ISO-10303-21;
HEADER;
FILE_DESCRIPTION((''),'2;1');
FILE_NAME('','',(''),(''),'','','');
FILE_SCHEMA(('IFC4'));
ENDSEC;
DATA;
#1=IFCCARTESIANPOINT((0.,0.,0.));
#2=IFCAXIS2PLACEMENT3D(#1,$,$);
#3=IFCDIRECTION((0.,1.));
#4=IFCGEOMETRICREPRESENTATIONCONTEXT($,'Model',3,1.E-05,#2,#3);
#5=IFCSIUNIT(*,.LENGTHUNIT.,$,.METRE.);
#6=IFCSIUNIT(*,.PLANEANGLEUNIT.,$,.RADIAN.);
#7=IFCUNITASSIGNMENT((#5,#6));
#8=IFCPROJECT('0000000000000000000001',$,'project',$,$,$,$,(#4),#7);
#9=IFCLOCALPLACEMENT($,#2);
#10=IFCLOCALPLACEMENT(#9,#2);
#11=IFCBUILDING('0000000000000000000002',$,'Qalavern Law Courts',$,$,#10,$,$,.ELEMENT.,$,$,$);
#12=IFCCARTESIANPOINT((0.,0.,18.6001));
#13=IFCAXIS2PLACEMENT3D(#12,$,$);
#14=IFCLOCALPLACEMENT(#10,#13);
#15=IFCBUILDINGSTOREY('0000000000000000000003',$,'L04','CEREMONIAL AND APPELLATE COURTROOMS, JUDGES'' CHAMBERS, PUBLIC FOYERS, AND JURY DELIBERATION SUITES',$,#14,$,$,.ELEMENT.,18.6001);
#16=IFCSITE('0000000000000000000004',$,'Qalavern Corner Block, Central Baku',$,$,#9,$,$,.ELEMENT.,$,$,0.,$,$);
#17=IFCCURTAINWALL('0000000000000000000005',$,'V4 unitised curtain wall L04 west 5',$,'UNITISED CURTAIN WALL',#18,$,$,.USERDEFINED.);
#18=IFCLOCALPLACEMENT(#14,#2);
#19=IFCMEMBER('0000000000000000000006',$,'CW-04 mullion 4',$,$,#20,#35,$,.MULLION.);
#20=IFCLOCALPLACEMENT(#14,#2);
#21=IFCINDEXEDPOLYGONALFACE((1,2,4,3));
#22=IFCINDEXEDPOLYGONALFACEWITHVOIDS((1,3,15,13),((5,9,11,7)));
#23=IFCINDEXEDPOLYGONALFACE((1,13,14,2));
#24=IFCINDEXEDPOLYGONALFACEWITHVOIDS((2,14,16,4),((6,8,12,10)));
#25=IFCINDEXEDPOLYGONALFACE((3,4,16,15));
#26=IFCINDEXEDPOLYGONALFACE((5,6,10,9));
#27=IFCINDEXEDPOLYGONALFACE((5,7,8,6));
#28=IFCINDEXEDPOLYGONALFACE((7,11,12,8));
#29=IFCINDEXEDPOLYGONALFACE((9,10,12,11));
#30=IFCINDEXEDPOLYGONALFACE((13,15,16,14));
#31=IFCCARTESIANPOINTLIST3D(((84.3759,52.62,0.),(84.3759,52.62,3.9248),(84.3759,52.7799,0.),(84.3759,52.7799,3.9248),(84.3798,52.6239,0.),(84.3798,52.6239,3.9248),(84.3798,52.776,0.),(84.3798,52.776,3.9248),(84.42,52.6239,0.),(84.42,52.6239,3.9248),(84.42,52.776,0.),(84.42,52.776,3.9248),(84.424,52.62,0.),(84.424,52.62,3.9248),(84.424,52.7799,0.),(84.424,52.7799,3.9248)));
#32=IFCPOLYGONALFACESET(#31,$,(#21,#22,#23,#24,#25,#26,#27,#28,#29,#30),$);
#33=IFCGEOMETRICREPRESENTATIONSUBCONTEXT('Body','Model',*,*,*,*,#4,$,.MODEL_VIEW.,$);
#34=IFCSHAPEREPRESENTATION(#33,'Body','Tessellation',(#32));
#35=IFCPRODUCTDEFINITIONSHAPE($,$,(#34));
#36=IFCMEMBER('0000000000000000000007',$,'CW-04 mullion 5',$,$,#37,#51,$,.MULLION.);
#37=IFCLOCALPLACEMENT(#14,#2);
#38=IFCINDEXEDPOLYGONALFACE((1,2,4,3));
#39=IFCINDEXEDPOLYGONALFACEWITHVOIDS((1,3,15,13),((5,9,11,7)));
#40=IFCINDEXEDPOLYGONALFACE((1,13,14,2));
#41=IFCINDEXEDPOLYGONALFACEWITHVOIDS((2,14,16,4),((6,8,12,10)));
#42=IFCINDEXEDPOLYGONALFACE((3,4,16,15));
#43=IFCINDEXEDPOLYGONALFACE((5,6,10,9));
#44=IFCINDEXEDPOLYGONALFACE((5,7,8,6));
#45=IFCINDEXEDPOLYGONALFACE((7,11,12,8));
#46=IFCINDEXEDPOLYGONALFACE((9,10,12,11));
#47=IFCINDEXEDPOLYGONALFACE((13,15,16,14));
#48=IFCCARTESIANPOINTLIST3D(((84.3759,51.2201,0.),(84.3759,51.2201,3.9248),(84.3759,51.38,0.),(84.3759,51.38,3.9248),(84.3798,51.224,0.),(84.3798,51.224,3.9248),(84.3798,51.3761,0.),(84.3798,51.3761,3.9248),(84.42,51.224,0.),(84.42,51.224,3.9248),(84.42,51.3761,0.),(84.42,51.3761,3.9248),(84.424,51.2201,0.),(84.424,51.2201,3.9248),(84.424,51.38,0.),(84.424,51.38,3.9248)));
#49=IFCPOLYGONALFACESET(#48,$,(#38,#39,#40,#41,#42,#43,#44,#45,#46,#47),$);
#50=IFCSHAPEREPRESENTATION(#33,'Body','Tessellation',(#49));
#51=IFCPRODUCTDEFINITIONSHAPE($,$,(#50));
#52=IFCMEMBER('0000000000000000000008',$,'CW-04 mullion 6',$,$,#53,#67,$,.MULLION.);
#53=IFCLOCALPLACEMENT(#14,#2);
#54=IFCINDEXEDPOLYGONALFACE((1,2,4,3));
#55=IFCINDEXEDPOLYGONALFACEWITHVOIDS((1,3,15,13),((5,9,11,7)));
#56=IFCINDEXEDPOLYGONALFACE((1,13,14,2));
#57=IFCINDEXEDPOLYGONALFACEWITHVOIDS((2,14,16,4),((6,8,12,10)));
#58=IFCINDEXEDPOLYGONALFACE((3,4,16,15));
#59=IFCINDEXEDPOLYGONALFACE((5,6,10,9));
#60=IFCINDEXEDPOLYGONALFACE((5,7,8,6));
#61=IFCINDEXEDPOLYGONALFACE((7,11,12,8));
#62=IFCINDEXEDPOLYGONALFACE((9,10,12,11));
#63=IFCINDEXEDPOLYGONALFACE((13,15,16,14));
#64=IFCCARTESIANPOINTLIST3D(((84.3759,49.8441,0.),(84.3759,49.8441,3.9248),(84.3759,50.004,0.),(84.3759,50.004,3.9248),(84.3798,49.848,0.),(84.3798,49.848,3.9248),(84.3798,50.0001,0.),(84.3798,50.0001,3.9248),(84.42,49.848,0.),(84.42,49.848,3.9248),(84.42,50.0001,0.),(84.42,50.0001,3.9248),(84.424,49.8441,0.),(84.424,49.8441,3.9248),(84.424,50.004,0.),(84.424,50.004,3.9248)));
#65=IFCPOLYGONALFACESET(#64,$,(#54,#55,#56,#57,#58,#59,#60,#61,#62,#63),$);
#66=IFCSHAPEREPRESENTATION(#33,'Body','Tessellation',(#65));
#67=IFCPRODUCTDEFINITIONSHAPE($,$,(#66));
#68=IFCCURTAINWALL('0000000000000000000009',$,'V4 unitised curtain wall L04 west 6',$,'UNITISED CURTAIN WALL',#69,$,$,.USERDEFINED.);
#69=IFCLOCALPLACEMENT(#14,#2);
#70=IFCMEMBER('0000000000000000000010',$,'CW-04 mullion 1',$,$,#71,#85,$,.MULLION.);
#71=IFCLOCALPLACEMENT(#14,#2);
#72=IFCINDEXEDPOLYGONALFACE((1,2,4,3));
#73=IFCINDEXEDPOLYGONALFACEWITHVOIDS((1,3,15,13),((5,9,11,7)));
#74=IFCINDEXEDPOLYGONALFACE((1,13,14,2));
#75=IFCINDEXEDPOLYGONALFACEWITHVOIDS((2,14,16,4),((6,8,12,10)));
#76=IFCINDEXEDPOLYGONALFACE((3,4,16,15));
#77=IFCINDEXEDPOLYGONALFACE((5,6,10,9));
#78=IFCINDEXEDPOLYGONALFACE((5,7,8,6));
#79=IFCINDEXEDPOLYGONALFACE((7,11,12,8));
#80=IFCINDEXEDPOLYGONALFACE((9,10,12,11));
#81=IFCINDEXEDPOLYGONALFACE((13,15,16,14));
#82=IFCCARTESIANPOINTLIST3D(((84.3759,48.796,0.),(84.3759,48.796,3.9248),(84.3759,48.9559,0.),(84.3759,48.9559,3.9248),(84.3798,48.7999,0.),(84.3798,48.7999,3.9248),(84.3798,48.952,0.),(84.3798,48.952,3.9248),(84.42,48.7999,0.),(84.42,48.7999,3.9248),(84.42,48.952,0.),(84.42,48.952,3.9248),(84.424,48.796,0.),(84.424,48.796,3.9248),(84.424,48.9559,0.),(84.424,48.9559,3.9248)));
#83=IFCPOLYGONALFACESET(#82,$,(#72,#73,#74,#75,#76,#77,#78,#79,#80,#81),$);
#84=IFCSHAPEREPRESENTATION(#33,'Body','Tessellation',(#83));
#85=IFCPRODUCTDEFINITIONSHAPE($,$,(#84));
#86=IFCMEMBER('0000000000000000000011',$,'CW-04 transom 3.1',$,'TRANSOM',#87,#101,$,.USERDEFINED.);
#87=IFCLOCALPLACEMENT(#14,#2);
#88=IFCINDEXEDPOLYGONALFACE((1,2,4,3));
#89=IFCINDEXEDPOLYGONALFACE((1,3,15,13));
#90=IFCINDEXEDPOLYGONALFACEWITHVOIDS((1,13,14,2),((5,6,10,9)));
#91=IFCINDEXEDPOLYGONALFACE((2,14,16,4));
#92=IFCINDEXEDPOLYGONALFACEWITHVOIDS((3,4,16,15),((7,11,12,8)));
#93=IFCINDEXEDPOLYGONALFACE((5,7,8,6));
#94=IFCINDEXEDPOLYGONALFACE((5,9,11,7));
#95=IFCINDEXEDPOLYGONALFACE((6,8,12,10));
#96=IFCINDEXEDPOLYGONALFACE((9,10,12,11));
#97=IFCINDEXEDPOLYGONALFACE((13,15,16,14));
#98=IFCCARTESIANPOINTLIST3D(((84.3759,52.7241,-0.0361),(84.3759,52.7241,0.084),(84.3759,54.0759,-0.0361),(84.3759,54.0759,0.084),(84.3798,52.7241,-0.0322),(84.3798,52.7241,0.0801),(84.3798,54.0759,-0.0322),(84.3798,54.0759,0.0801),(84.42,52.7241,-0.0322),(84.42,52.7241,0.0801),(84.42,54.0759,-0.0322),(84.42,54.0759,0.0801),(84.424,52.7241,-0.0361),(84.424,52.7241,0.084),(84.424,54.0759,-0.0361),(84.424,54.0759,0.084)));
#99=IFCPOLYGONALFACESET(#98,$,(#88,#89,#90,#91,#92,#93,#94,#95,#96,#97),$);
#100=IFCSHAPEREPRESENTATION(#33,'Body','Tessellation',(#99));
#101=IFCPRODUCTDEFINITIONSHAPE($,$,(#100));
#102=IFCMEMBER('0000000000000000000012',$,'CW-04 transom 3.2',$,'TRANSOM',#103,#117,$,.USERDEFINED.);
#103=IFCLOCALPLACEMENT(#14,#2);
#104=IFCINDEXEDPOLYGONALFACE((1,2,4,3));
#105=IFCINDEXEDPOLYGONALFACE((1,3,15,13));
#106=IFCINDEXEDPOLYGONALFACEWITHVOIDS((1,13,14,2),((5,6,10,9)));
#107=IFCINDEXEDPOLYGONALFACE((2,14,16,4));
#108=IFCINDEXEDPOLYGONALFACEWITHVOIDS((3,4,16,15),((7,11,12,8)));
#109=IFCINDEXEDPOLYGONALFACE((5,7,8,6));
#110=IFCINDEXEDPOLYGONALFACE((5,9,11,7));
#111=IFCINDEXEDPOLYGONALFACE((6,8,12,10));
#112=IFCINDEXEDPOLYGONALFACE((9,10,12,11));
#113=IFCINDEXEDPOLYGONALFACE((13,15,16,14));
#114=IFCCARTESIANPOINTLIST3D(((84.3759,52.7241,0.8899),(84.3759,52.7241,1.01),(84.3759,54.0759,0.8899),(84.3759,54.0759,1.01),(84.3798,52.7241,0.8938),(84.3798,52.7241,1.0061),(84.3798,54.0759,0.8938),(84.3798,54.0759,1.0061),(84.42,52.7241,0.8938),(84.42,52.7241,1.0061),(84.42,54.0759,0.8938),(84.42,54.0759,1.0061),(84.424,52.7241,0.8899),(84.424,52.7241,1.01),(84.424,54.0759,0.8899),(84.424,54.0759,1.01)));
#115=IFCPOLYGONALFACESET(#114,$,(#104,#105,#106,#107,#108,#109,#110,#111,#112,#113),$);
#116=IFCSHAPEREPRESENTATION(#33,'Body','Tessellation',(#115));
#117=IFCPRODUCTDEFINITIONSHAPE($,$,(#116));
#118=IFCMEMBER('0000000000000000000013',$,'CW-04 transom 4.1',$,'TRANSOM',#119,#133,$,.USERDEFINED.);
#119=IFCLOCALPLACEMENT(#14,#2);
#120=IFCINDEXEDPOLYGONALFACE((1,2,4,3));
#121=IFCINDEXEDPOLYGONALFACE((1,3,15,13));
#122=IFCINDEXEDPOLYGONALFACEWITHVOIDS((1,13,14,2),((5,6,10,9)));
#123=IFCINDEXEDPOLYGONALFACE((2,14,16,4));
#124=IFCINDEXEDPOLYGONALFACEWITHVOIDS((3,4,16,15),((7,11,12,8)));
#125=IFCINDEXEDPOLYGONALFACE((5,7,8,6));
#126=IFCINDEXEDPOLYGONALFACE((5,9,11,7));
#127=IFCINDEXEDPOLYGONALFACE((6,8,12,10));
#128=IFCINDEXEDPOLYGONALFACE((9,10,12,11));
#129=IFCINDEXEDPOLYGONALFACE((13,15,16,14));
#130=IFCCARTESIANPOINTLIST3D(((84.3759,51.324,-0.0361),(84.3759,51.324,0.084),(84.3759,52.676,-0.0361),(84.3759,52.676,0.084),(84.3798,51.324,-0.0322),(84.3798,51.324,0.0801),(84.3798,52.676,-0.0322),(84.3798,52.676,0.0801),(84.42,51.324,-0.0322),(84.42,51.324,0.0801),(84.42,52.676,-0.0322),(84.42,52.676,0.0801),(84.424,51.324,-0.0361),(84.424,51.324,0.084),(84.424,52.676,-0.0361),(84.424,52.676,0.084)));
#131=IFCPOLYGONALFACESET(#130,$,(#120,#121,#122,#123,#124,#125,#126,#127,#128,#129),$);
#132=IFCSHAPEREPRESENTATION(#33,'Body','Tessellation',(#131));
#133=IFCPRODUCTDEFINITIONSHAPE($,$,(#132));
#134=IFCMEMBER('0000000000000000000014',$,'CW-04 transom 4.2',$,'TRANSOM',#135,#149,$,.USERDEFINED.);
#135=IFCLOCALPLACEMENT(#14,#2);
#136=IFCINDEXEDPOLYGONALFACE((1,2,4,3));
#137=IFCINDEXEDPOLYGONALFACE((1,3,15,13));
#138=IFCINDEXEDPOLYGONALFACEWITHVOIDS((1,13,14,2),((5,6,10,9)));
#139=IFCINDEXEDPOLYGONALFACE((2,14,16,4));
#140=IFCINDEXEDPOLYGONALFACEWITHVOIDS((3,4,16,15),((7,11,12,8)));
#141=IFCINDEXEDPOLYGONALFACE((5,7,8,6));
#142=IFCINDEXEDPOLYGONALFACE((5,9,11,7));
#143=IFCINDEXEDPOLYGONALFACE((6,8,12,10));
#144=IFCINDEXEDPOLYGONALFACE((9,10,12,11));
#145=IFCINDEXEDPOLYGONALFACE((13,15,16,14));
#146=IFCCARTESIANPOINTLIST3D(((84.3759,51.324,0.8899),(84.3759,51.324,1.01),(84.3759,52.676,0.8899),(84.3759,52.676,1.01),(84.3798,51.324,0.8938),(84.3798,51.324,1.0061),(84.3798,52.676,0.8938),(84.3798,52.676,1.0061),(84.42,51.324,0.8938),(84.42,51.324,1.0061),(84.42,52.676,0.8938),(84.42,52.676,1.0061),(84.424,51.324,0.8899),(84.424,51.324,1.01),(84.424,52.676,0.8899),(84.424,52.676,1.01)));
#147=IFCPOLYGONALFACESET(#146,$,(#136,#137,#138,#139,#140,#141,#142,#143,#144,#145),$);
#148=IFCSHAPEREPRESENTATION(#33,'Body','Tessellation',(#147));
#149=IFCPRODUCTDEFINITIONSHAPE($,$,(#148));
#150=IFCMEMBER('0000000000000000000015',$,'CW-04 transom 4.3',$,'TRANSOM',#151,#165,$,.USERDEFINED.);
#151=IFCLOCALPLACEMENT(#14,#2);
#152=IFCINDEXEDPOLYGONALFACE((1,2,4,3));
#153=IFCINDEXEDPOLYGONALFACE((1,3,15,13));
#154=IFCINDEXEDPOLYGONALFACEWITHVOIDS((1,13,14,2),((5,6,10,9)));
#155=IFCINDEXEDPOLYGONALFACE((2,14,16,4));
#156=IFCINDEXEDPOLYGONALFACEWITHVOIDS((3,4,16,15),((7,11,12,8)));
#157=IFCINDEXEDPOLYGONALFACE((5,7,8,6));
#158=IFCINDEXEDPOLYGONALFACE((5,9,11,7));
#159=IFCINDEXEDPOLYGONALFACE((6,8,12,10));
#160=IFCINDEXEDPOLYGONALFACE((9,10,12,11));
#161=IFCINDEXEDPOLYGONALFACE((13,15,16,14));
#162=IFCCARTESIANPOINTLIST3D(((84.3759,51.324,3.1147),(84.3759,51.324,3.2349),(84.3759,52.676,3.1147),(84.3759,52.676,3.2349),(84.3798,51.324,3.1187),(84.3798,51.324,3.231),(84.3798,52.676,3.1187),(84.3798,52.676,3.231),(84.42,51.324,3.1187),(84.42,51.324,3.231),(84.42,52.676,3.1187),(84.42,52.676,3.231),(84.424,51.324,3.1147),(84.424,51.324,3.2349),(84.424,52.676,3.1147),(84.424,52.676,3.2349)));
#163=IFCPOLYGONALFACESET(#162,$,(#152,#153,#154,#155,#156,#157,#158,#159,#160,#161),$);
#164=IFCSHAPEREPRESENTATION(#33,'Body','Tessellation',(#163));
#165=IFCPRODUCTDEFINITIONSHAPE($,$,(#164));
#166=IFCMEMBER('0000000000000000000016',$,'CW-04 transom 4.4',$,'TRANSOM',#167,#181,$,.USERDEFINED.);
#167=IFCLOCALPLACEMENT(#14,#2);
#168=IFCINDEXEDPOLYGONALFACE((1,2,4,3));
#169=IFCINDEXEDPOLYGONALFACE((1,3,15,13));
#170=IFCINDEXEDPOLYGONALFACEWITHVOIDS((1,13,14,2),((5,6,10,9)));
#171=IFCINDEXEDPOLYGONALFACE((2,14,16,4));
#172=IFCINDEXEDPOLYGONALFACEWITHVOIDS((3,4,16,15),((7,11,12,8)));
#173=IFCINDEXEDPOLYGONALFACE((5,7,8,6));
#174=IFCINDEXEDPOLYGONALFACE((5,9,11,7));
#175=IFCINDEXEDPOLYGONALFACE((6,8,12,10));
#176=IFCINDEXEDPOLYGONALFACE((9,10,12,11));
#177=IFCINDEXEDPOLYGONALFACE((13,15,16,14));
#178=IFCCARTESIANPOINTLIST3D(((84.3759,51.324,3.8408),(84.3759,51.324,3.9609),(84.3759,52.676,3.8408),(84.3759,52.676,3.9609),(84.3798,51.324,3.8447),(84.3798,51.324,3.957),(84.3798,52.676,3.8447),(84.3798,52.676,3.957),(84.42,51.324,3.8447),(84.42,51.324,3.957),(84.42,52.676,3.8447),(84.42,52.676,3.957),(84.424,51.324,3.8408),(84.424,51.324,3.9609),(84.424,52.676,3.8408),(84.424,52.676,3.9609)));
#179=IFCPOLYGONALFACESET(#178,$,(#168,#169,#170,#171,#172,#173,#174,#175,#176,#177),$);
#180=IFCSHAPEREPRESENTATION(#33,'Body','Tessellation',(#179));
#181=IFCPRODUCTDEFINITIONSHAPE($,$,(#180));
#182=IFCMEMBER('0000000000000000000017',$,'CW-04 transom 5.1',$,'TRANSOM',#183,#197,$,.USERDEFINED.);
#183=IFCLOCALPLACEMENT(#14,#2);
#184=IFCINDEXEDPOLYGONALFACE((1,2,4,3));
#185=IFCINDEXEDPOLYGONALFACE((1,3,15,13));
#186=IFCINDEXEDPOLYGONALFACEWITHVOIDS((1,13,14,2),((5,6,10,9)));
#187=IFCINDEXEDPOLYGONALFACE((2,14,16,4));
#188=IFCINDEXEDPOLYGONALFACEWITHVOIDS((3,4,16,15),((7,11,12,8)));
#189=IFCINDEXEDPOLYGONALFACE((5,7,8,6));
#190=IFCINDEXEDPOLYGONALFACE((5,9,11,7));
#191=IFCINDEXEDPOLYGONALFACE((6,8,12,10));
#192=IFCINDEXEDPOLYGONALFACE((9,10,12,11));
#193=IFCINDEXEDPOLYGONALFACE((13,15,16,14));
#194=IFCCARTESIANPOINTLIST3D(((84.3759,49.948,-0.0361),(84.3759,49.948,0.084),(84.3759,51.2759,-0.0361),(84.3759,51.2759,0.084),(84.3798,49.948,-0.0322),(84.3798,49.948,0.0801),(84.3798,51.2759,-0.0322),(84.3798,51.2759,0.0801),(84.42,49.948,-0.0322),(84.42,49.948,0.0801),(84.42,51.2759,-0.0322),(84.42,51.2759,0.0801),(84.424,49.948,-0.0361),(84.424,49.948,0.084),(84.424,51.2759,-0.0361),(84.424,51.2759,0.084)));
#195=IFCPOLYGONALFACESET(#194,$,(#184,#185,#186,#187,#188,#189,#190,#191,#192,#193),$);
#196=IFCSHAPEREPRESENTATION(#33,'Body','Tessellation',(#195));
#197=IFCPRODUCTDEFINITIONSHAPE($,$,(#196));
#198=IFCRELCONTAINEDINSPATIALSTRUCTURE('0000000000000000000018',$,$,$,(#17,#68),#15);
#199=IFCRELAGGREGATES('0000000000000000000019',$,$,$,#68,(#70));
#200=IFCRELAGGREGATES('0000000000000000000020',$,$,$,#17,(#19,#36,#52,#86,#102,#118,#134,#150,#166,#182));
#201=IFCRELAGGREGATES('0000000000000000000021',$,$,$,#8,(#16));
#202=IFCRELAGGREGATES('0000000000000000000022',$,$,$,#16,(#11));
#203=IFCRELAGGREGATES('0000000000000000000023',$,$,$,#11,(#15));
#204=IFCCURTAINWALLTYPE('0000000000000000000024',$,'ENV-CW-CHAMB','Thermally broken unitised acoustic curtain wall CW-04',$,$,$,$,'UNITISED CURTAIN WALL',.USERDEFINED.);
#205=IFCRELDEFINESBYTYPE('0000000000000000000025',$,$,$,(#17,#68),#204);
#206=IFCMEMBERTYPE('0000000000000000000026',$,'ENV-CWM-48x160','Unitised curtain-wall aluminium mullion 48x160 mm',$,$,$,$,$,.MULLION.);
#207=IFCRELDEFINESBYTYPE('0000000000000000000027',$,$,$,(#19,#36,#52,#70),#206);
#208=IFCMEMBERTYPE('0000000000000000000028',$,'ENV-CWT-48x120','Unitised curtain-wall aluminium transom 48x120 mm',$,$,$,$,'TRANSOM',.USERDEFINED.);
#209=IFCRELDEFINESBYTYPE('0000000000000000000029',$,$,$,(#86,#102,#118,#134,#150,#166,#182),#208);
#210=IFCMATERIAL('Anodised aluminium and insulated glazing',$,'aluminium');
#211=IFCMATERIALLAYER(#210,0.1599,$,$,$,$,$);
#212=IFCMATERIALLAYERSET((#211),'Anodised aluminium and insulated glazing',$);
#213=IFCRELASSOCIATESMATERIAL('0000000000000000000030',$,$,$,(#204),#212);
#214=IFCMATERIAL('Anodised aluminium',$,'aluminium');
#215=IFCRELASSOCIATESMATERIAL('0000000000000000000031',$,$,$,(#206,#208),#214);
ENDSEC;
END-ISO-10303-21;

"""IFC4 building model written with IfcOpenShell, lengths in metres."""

from ifc_helpers import new_model, si_unit, direction, frame, origin, origin_2d, place, context, subcontext, project, spatial, hollow_rectangle, extrude, material, layer, layer_set, material_profile, profile_set, type_object, element, aggregate, save


model = new_model("IFC4")

# Units and contexts
model_context = context("Model", 3, precision=1e-05, world=origin(), true_north=direction((0.0, 1.0)))
body_context = subcontext(model_context, "Body", "Model", "MODEL_VIEW")
ifc_project = project(units=[si_unit("LENGTHUNIT", "METRE"), si_unit("PLANEANGLEUNIT", "RADIAN")], contexts=[model_context])

# Site, building, storey
site_placement = place(None, origin())
site = spatial("IfcSite", under=ifc_project, at=site_placement, Name="Qalavern Corner Block, Central Baku", CompositionType="ELEMENT", RefElevation=0.0)
building_placement = place(site_placement, origin())
building = spatial("IfcBuilding", under=site, at=building_placement, Name="Qalavern Law Courts", CompositionType="ELEMENT")
storey_placement = place(building_placement, frame((0.0, 0.0, 18.6001)))
storey = spatial("IfcBuildingStorey", under=building, at=storey_placement, Name="L04", Description="CEREMONIAL AND APPELLATE COURTROOMS, JUDGES' CHAMBERS, PUBLIC FOYERS, AND JURY DELIBERATION SUITES", CompositionType="ELEMENT", Elevation=18.6001)

# Curtain wall, members
ifc_material_1 = material(Name="Anodised aluminium and insulated glazing", Category="aluminium")
ifc_layer_1 = layer(ifc_material_1, 0.1599)
ifc_layer_set_1 = layer_set([ifc_layer_1], Name="Anodised aluminium and insulated glazing")
curtain_wall_type = type_object("IfcCurtainWallType", Name="ENV-CW-CHAMB", Description="Thermally broken unitised acoustic curtain wall CW-04", ElementType="UNITISED CURTAIN WALL", PredefinedType="USERDEFINED", material=ifc_layer_set_1)
curtain_wall_1_placement = place(storey_placement, origin())
curtain_wall_1 = element("IfcCurtainWall", 1, at=curtain_wall_1_placement, inside=storey, type_object=curtain_wall_type, Name="V4 unitised curtain wall L04 west 5", ObjectType="UNITISED CURTAIN WALL", PredefinedType="USERDEFINED")
ifc_material_2 = material(Name="Anodised aluminium", Category="aluminium")
ifc_material_profile_1 = material_profile(ifc_material_2, hollow_rectangle(XDim=0.0481, YDim=0.1599, WallThickness=0.0039, at=origin_2d()), Name="ALU MULLION 48x160")
ifc_profile_set_1 = profile_set([ifc_material_profile_1], Name="Anodised aluminium")
member_type_1 = type_object("IfcMemberType", Name="ENV-CWM-48x160", Description="Unitised curtain-wall aluminium mullion 48x160 mm", PredefinedType="MULLION", material=ifc_profile_set_1)
member_1_placement = place(storey_placement, frame((84.3999, 52.7, 0.0), z_axis=(0.0, 0.0, 1.0), x_axis=(1.0, 0.0, 0.0)))
member_1 = element("IfcMember", 2, at=member_1_placement, type_object=member_type_1, Name="CW-04 mullion 4", PredefinedType="MULLION", context=body_context, shape_type="SweptSolid", body=[
    extrude(hollow_rectangle(XDim=0.0481, YDim=0.1599, WallThickness=0.0039, at=origin_2d()), origin(), (0.0, 0.0, 1.0), 3.9248),
])
member_2_placement = place(storey_placement, frame((84.3999, 51.3, 0.0), z_axis=(0.0, 0.0, 1.0), x_axis=(1.0, 0.0, 0.0)))
member_2 = element("IfcMember", 3, at=member_2_placement, type_object=member_type_1, Name="CW-04 mullion 5", PredefinedType="MULLION", context=body_context, shape_type="SweptSolid", body=[
    extrude(hollow_rectangle(XDim=0.0481, YDim=0.1599, WallThickness=0.0039, at=origin_2d()), origin(), (0.0, 0.0, 1.0), 3.9248),
])
member_3_placement = place(storey_placement, frame((84.3999, 49.9241, 0.0), z_axis=(0.0, 0.0, 1.0), x_axis=(1.0, 0.0, 0.0)))
member_3 = element("IfcMember", 4, at=member_3_placement, type_object=member_type_1, Name="CW-04 mullion 6", PredefinedType="MULLION", context=body_context, shape_type="SweptSolid", body=[
    extrude(hollow_rectangle(XDim=0.0481, YDim=0.1599, WallThickness=0.0039, at=origin_2d()), origin(), (0.0, 0.0, 1.0), 3.9248),
])

# Curtain wall, member
curtain_wall_2_placement = place(storey_placement, origin())
curtain_wall_2 = element("IfcCurtainWall", 5, at=curtain_wall_2_placement, inside=storey, type_object=curtain_wall_type, Name="V4 unitised curtain wall L04 west 6", ObjectType="UNITISED CURTAIN WALL", PredefinedType="USERDEFINED")
member_4_placement = place(storey_placement, frame((84.3999, 48.876, 0.0), z_axis=(0.0, 0.0, 1.0), x_axis=(1.0, 0.0, 0.0)))
member_4 = element("IfcMember", 6, at=member_4_placement, type_object=member_type_1, Name="CW-04 mullion 1", PredefinedType="MULLION", context=body_context, shape_type="SweptSolid", body=[
    extrude(hollow_rectangle(XDim=0.0481, YDim=0.1599, WallThickness=0.0039, at=origin_2d()), origin(), (0.0, 0.0, 1.0), 3.9248),
])

# Members
ifc_material_profile_2 = material_profile(ifc_material_2, hollow_rectangle(XDim=0.0481, YDim=0.1201, WallThickness=0.0039, at=origin_2d()), Name="ALU TRANSOM 48x120")
ifc_profile_set_2 = profile_set([ifc_material_profile_2], Name="Anodised aluminium")
member_type_2 = type_object("IfcMemberType", Name="ENV-CWT-48x120", Description="Unitised curtain-wall aluminium transom 48x120 mm", ElementType="TRANSOM", PredefinedType="USERDEFINED", material=ifc_profile_set_2)
member_5_placement = place(storey_placement, frame((84.3999, 54.0759, 0.0239), z_axis=(0.0, -1.0, 0.0), x_axis=(1.0, 0.0, 0.0)))
member_5 = element("IfcMember", 7, at=member_5_placement, type_object=member_type_2, Name="CW-04 transom 3.1", ObjectType="TRANSOM", PredefinedType="USERDEFINED", context=body_context, shape_type="SweptSolid", body=[
    extrude(hollow_rectangle(XDim=0.0481, YDim=0.1201, WallThickness=0.0039, at=origin_2d()), origin(), (0.0, 0.0, 1.0), 1.3518),
])
member_6_placement = place(storey_placement, frame((84.3999, 54.0759, 0.95), z_axis=(0.0, -1.0, 0.0), x_axis=(1.0, 0.0, 0.0)))
member_6 = element("IfcMember", 8, at=member_6_placement, type_object=member_type_2, Name="CW-04 transom 3.2", ObjectType="TRANSOM", PredefinedType="USERDEFINED", context=body_context, shape_type="SweptSolid", body=[
    extrude(hollow_rectangle(XDim=0.0481, YDim=0.1201, WallThickness=0.0039, at=origin_2d()), origin(), (0.0, 0.0, 1.0), 1.3518),
])
member_7_placement = place(storey_placement, frame((84.3999, 52.676, 0.0239), z_axis=(0.0, -1.0, 0.0), x_axis=(1.0, 0.0, 0.0)))
member_7 = element("IfcMember", 9, at=member_7_placement, type_object=member_type_2, Name="CW-04 transom 4.1", ObjectType="TRANSOM", PredefinedType="USERDEFINED", context=body_context, shape_type="SweptSolid", body=[
    extrude(hollow_rectangle(XDim=0.0481, YDim=0.1201, WallThickness=0.0039, at=origin_2d()), origin(), (0.0, 0.0, 1.0), 1.3521),
])
member_8_placement = place(storey_placement, frame((84.3999, 52.676, 0.95), z_axis=(0.0, -1.0, 0.0), x_axis=(1.0, 0.0, 0.0)))
member_8 = element("IfcMember", 10, at=member_8_placement, type_object=member_type_2, Name="CW-04 transom 4.2", ObjectType="TRANSOM", PredefinedType="USERDEFINED", context=body_context, shape_type="SweptSolid", body=[
    extrude(hollow_rectangle(XDim=0.0481, YDim=0.1201, WallThickness=0.0039, at=origin_2d()), origin(), (0.0, 0.0, 1.0), 1.3521),
])
member_9_placement = place(storey_placement, frame((84.3999, 52.676, 3.1748), z_axis=(0.0, -1.0, 0.0), x_axis=(1.0, 0.0, 0.0)))
member_9 = element("IfcMember", 11, at=member_9_placement, type_object=member_type_2, Name="CW-04 transom 4.3", ObjectType="TRANSOM", PredefinedType="USERDEFINED", context=body_context, shape_type="SweptSolid", body=[
    extrude(hollow_rectangle(XDim=0.0481, YDim=0.1201, WallThickness=0.0039, at=origin_2d()), origin(), (0.0, 0.0, 1.0), 1.3521),
])
member_10_placement = place(storey_placement, frame((84.3999, 52.676, 3.9009), z_axis=(0.0, -1.0, 0.0), x_axis=(1.0, 0.0, 0.0)))
member_10 = element("IfcMember", 12, at=member_10_placement, type_object=member_type_2, Name="CW-04 transom 4.4", ObjectType="TRANSOM", PredefinedType="USERDEFINED", context=body_context, shape_type="SweptSolid", body=[
    extrude(hollow_rectangle(XDim=0.0481, YDim=0.1201, WallThickness=0.0039, at=origin_2d()), origin(), (0.0, 0.0, 1.0), 1.3521),
])
member_11_placement = place(storey_placement, frame((84.3999, 51.2759, 0.0239), z_axis=(0.0, -1.0, 0.0), x_axis=(1.0, 0.0, 0.0)))
member_11 = element("IfcMember", 13, at=member_11_placement, type_object=member_type_2, Name="CW-04 transom 5.1", ObjectType="TRANSOM", PredefinedType="USERDEFINED", context=body_context, shape_type="SweptSolid", body=[
    extrude(hollow_rectangle(XDim=0.0481, YDim=0.1201, WallThickness=0.0039, at=origin_2d()), origin(), (0.0, 0.0, 1.0), 1.3279),
])
aggregate(curtain_wall_2, [member_4])

aggregate(curtain_wall_1, [member_1, member_2, member_3, member_5, member_6, member_7, member_8, member_9, member_10, member_11])

save(model, "model.ifc")
